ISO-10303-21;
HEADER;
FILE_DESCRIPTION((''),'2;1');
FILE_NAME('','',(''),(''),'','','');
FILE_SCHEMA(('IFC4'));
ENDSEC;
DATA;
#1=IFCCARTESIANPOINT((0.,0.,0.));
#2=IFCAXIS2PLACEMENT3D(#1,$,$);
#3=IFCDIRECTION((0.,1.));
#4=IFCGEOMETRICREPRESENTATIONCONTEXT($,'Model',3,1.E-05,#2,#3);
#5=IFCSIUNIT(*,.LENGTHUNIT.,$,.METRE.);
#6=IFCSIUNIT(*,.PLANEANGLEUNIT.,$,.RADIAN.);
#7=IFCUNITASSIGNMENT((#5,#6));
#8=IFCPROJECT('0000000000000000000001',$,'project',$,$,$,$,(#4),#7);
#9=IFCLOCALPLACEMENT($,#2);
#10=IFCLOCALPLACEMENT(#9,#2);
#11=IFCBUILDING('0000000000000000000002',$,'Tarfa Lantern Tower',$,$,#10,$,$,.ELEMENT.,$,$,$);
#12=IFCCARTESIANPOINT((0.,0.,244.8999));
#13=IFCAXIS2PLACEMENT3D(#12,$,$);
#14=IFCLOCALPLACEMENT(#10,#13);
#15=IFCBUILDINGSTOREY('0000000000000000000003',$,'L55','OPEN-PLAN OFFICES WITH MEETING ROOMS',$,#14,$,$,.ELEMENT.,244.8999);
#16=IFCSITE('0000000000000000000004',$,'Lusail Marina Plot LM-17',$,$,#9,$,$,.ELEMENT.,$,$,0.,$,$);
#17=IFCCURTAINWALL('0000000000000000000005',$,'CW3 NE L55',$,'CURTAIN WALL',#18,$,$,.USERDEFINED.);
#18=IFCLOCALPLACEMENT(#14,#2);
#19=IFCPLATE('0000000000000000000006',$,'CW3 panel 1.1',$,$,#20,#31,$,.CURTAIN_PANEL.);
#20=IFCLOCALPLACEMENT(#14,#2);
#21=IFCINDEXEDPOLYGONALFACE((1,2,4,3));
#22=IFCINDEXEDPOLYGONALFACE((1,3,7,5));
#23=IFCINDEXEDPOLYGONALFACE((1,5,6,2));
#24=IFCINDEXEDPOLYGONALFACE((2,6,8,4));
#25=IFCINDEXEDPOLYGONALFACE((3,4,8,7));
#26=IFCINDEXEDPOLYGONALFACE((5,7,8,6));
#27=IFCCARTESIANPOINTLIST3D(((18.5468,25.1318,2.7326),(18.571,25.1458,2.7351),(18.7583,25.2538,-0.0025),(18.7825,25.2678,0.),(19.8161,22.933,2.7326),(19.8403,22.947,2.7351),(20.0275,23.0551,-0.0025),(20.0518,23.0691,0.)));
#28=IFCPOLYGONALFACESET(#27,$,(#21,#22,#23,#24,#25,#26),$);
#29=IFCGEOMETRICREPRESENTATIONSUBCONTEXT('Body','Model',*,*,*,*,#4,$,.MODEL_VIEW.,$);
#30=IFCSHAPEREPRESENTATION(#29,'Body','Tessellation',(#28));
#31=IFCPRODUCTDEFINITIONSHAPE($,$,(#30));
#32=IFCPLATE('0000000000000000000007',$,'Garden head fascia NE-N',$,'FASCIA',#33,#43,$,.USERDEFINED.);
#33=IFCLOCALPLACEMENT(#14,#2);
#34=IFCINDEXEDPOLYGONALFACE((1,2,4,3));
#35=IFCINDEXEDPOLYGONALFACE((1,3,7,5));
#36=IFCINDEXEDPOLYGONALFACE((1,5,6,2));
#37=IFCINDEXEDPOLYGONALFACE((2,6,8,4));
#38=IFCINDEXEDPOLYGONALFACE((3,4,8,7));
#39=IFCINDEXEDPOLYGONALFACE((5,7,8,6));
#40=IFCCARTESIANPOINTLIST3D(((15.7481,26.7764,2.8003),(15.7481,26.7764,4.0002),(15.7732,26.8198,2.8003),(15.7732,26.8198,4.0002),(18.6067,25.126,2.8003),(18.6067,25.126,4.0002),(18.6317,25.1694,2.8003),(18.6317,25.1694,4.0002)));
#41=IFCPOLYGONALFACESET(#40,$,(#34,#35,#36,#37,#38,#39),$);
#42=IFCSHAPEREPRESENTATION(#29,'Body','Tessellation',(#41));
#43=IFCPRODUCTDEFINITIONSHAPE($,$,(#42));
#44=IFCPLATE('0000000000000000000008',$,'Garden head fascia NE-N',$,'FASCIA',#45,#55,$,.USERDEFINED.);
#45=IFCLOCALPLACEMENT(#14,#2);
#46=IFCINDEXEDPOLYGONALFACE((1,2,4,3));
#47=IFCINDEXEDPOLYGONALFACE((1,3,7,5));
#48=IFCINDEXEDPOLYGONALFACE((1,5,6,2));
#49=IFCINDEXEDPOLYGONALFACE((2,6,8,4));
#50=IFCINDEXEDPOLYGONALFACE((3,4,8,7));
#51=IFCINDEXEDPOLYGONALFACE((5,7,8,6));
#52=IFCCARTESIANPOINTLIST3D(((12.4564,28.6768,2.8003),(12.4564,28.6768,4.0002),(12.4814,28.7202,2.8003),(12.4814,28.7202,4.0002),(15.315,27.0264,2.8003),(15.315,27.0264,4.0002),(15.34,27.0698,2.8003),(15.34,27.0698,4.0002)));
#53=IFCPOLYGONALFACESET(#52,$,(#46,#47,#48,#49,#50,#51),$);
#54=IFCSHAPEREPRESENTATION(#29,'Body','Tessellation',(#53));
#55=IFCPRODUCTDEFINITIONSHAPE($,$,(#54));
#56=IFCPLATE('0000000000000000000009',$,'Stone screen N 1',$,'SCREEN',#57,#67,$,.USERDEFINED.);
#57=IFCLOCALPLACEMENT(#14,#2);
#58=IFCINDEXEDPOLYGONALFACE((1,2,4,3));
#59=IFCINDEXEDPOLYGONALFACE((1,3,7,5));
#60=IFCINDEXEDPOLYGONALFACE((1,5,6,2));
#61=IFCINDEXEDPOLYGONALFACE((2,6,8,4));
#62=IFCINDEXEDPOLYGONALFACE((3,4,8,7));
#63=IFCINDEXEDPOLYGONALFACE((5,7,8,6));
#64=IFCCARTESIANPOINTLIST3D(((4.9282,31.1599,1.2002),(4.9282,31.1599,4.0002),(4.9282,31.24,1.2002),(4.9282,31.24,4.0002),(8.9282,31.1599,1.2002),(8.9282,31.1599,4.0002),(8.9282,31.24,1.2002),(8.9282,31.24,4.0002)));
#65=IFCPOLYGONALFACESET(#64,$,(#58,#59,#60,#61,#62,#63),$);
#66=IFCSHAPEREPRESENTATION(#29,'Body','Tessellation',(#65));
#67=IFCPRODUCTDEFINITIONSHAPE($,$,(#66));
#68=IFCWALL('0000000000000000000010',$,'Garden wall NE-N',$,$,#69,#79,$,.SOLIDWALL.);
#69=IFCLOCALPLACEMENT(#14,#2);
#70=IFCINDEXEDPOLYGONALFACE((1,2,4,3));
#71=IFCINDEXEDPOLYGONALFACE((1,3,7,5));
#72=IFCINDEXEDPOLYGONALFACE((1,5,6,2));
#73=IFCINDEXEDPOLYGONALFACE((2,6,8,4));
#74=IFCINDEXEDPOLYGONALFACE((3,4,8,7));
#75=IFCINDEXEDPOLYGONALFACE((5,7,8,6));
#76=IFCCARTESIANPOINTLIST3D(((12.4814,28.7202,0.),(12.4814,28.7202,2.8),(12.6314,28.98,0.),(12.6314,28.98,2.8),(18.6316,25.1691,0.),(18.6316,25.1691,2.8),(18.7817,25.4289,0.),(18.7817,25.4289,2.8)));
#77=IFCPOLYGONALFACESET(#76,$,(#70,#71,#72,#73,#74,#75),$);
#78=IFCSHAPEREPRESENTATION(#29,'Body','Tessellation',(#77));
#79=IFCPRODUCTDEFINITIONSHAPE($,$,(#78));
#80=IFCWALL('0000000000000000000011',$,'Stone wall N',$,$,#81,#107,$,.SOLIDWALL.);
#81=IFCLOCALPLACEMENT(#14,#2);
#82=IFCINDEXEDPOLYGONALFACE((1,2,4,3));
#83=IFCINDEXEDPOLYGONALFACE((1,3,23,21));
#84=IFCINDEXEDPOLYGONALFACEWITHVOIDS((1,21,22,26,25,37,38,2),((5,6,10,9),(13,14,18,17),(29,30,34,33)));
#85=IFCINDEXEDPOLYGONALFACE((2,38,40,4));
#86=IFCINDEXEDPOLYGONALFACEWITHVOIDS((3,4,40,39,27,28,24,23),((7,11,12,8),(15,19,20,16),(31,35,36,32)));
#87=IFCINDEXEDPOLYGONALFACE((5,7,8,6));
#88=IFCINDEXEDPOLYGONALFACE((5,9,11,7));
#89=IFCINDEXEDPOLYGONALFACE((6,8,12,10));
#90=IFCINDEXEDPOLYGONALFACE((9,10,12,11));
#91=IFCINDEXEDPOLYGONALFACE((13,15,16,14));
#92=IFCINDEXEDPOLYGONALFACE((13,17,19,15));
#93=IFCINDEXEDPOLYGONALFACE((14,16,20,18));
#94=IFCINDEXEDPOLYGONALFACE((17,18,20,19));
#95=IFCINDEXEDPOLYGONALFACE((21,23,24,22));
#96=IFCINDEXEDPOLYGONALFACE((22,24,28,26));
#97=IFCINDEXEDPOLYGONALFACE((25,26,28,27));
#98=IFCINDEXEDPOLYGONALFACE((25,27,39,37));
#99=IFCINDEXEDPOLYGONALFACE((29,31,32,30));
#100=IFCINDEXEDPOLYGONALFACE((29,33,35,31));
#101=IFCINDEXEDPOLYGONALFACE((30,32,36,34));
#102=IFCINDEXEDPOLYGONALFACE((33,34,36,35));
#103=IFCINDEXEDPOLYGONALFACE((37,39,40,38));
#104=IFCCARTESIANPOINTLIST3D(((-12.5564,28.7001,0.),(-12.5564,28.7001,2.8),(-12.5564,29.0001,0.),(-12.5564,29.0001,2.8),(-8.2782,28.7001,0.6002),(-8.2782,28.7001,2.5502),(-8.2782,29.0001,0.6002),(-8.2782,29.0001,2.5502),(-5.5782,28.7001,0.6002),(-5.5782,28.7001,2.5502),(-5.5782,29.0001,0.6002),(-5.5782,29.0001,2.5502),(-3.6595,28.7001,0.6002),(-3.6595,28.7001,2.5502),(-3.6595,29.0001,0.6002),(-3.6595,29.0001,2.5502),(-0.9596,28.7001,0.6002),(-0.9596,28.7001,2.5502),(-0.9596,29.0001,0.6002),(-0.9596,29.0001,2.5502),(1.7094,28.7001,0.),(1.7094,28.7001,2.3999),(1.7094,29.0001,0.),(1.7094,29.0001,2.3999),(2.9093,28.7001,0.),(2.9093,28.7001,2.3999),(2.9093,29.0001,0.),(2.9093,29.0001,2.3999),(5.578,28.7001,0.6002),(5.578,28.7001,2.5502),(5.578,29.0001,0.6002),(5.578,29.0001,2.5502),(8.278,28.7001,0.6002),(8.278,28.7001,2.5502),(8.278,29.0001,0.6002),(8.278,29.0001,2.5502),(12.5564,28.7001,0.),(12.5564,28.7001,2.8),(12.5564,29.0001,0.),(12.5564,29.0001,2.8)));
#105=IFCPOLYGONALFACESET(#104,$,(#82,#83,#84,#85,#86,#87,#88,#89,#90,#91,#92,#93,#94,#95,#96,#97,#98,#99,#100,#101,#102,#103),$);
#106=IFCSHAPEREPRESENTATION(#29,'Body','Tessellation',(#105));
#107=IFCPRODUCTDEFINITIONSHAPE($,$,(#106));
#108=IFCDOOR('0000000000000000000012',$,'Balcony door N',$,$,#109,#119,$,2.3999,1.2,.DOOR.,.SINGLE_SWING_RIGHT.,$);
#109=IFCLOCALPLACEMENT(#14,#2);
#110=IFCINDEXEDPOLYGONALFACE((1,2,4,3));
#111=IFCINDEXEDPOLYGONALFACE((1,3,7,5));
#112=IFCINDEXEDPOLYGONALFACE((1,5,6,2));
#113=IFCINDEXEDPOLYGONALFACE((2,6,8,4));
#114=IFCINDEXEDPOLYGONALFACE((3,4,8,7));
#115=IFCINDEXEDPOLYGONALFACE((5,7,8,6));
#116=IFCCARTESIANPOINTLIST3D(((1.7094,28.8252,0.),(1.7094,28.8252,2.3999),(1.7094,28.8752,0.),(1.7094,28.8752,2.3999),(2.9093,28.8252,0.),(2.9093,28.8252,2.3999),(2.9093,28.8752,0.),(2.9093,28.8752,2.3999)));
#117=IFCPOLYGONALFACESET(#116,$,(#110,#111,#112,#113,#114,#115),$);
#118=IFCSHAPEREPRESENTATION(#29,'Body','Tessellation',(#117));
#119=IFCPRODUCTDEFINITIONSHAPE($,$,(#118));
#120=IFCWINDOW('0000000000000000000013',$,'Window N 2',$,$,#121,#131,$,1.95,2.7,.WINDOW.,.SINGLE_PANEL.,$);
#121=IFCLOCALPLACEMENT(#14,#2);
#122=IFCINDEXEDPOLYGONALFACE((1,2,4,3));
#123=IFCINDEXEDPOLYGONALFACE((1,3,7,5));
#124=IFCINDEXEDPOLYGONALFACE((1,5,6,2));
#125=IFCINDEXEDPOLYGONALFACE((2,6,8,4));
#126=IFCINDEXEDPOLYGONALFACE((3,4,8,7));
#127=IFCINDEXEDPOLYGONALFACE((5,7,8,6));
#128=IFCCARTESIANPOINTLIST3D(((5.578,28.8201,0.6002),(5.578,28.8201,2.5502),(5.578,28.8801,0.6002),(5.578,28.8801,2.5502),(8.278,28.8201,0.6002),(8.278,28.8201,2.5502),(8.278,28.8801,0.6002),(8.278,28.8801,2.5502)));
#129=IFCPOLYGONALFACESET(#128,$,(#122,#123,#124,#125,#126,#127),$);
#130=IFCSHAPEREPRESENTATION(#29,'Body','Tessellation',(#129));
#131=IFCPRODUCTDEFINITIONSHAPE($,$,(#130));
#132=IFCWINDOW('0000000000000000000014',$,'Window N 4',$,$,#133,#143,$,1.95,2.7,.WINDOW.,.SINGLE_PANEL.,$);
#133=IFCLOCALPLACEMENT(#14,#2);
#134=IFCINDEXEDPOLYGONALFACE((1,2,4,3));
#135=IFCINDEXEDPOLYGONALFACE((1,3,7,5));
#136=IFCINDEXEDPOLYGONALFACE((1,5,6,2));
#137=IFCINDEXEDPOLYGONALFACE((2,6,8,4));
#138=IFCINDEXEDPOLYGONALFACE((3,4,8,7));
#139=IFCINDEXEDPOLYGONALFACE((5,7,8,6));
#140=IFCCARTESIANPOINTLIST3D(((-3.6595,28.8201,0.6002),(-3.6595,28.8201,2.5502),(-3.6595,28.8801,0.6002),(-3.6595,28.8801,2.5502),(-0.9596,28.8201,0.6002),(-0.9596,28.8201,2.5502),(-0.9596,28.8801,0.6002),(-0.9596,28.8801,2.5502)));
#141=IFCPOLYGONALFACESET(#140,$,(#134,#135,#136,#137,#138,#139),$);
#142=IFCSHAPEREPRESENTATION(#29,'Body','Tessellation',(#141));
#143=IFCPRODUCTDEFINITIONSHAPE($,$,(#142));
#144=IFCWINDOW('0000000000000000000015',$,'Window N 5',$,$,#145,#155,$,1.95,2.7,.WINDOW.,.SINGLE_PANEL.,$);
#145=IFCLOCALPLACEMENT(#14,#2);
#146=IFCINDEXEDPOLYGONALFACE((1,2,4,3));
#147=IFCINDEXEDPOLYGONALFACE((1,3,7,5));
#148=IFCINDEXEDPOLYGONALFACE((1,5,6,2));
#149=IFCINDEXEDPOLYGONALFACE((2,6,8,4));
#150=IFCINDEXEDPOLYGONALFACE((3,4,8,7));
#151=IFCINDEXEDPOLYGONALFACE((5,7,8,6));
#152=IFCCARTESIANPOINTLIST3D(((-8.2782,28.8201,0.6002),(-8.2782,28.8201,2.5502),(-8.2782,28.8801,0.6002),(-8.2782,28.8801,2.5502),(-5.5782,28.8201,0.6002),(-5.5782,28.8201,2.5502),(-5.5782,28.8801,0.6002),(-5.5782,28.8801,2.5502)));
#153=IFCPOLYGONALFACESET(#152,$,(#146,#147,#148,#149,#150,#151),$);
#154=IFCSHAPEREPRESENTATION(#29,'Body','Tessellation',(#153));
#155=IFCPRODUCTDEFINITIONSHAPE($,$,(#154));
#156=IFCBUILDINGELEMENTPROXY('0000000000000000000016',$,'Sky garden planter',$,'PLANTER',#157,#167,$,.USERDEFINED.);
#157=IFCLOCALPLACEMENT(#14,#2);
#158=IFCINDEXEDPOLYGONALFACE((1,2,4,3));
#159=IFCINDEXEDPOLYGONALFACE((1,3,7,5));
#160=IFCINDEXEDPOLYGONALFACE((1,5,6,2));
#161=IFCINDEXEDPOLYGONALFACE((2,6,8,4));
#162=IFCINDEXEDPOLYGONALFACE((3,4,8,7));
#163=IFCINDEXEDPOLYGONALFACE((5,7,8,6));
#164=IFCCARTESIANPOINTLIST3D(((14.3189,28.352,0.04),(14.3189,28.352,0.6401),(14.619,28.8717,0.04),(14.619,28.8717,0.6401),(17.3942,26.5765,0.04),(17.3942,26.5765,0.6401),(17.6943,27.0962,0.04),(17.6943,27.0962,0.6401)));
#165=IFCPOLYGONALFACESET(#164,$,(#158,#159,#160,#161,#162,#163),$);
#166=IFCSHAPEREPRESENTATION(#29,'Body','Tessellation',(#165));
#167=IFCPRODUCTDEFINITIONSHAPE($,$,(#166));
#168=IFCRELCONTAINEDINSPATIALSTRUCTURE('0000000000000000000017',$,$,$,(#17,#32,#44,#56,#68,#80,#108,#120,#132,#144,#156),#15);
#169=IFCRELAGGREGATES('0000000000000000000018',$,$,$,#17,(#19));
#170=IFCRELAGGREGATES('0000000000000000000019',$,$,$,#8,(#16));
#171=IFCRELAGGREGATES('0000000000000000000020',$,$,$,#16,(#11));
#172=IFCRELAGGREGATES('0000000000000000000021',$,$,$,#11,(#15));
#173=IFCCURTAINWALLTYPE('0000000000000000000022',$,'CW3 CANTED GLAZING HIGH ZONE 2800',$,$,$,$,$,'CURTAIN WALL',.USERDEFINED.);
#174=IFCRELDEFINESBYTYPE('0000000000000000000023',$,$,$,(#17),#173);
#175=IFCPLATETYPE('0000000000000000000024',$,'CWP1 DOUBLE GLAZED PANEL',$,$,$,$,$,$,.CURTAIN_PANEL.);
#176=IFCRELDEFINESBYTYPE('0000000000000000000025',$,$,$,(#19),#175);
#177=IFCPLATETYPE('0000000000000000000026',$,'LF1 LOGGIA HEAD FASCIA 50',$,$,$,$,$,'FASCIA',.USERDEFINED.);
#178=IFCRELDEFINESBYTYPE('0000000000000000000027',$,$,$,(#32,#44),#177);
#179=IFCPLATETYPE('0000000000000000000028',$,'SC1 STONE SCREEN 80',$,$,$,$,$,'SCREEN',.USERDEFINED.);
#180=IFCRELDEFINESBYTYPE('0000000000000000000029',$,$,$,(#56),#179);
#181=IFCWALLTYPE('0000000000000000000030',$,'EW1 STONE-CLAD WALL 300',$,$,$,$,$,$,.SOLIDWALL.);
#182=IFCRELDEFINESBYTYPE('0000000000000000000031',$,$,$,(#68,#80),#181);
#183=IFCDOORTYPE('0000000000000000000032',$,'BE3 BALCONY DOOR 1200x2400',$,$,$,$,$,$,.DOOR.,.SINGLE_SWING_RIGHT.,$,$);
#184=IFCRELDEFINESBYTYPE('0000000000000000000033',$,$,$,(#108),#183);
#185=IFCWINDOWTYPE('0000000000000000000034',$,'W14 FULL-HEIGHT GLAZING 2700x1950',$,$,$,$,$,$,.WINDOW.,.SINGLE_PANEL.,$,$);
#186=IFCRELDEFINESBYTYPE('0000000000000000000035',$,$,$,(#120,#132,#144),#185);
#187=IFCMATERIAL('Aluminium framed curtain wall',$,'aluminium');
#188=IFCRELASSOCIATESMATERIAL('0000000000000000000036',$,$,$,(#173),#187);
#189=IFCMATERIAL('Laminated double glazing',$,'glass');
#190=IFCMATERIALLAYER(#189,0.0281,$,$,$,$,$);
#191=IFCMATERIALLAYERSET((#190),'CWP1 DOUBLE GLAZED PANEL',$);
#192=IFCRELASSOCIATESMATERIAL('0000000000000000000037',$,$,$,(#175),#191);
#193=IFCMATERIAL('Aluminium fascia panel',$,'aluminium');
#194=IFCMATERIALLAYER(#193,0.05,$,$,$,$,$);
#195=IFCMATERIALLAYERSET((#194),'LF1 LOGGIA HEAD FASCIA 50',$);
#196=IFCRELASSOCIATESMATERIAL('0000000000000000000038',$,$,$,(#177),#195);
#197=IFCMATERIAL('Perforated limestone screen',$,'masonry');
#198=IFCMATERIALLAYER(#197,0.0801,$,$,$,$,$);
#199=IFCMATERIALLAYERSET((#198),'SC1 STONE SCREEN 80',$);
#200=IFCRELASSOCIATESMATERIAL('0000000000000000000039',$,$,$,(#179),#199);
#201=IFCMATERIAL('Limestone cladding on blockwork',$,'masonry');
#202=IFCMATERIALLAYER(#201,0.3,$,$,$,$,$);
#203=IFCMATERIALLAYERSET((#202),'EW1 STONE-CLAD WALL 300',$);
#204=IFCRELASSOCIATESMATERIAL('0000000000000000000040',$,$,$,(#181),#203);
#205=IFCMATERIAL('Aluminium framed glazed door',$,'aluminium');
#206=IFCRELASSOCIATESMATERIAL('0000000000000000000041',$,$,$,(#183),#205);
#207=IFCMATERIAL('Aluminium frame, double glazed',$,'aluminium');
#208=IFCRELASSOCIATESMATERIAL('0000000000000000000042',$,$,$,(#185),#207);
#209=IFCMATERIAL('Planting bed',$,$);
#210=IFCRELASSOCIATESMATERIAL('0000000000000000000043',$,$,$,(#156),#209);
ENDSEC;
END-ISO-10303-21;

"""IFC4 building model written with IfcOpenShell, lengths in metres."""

from ifc_helpers import new_model, si_unit, direction, frame, frame_2d, origin, origin_2d, place, context, subcontext, project, spatial, polyline, rectangle, outline, extrude, material, layer, layer_set, type_object, element, fill, aggregate, save


model = new_model("IFC4")

# Units and contexts
model_context = context("Model", 3, precision=1e-05, world=origin(), true_north=direction((0.0, 1.0)))
body_context = subcontext(model_context, "Body", "Model", "MODEL_VIEW")
ifc_project = project(units=[si_unit("LENGTHUNIT", "METRE"), si_unit("PLANEANGLEUNIT", "RADIAN")], contexts=[model_context])

# Site, building, storey
site_placement = place(None, origin())
site = spatial("IfcSite", under=ifc_project, at=site_placement, Name="Lusail Marina Plot LM-17", CompositionType="ELEMENT", RefElevation=0.0)
building_placement = place(site_placement, origin())
building = spatial("IfcBuilding", under=site, at=building_placement, Name="Tarfa Lantern Tower", CompositionType="ELEMENT")
storey_placement = place(building_placement, frame((0.0, 0.0, 244.8999)))
storey = spatial("IfcBuildingStorey", under=building, at=storey_placement, Name="L55", Description="OPEN-PLAN OFFICES WITH MEETING ROOMS", CompositionType="ELEMENT", Elevation=244.8999)

# Curtain wall
ifc_material_1 = material(Name="Aluminium framed curtain wall", Category="aluminium")
curtain_wall_type = type_object("IfcCurtainWallType", Name="CW3 CANTED GLAZING HIGH ZONE 2800", ElementType="CURTAIN WALL", PredefinedType="USERDEFINED", material=ifc_material_1)
curtain_wall_placement = place(storey_placement, origin())
curtain_wall = element("IfcCurtainWall", 1, at=curtain_wall_placement, inside=storey, type_object=curtain_wall_type, Name="CW3 NE L55", ObjectType="CURTAIN WALL", PredefinedType="USERDEFINED")

# Plate
ifc_material_2 = material(Name="Laminated double glazing", Category="glass")
ifc_layer_1 = layer(ifc_material_2, 0.0281)
ifc_layer_set_1 = layer_set([ifc_layer_1], Name="CWP1 DOUBLE GLAZED PANEL")
plate_type_1 = type_object("IfcPlateType", Name="CWP1 DOUBLE GLAZED PANEL", PredefinedType="CURTAIN_PANEL", material=ifc_layer_set_1)
plate_1_placement = place(storey_placement, frame((20.0518, 23.0691, 0.0), z_axis=(0.862622, 0.497976, 0.088906), x_axis=(-0.499956, 0.866051, 0.0)))
plate_1 = element("IfcPlate", 2, at=plate_1_placement, type_object=plate_type_1, Name="CW3 panel 1.1", PredefinedType="CURTAIN_PANEL", context=body_context, shape_type="SweptSolid", body=[
    extrude(outline(polyline([(0.0, 0.0), (2.5388, 0.0), (2.5388, 2.746), (0.0, 2.746), (0.0, 0.0)])), origin(), (0.0, 0.0, -1.0), 0.0281),
])
aggregate(curtain_wall, [plate_1])

# Plates
ifc_material_3 = material(Name="Aluminium fascia panel", Category="aluminium")
ifc_layer_2 = layer(ifc_material_3, 0.05)
ifc_layer_set_2 = layer_set([ifc_layer_2], Name="LF1 LOGGIA HEAD FASCIA 50")
plate_type_2 = type_object("IfcPlateType", Name="LF1 LOGGIA HEAD FASCIA 50", ElementType="FASCIA", PredefinedType="USERDEFINED", material=ifc_layer_set_2)
for number, where, z_axis, x_axis, name in (
    (3, (17.1899, 25.9729, 2.8003), (0.0, 0.0, 1.0), (-0.866025, 0.5, 0.0), "Garden head fascia NE-N"),
    (4, (13.8982, 27.8733, 2.8003), (0.0, 0.0, 1.0), (-0.866025, 0.5, 0.0), "Garden head fascia NE-N"),
):
    element("IfcPlate", number, at=place(storey_placement, frame(where, z_axis=z_axis, x_axis=x_axis)), inside=storey, type_object=plate_type_2, Name=name, ObjectType="FASCIA", PredefinedType="USERDEFINED", context=body_context, shape_type="SweptSolid", body=[
        extrude(rectangle(XDim=3.3008, YDim=0.05, at=origin_2d()), origin(), (0.0, 0.0, 1.0), 1.2),
    ])
ifc_material_4 = material(Name="Perforated limestone screen", Category="masonry")
ifc_layer_3 = layer(ifc_material_4, 0.0801)
ifc_layer_set_3 = layer_set([ifc_layer_3], Name="SC1 STONE SCREEN 80")
plate_type_3 = type_object("IfcPlateType", Name="SC1 STONE SCREEN 80", ElementType="SCREEN", PredefinedType="USERDEFINED", material=ifc_layer_set_3)
plate_2_placement = place(storey_placement, frame((6.9282, 31.2, 1.2002), z_axis=(0.0, 0.0, 1.0), x_axis=(-1.0, 0.0, 0.0)))
element("IfcPlate", 5, at=plate_2_placement, inside=storey, type_object=plate_type_3, Name="Stone screen N 1", ObjectType="SCREEN", PredefinedType="USERDEFINED", context=body_context, shape_type="SweptSolid", body=[
    extrude(rectangle(XDim=4.0, YDim=0.0801, at=origin_2d()), origin(), (0.0, 0.0, 1.0), 2.8),
])

# Wall
ifc_material_5 = material(Name="Limestone cladding on blockwork", Category="masonry")
ifc_layer_4 = layer(ifc_material_5, 0.3)
ifc_layer_set_4 = layer_set([ifc_layer_4], Name="EW1 STONE-CLAD WALL 300")
wall_type = type_object("IfcWallType", Name="EW1 STONE-CLAD WALL 300", PredefinedType="SOLIDWALL", material=ifc_layer_set_4)
wall_1_placement = place(storey_placement, frame((18.7065, 25.2991, 0.0), z_axis=(0.0, 0.0, 1.0), x_axis=(-0.866011, 0.500025, 0.0)))
element("IfcWall", 6, at=wall_1_placement, inside=storey, type_object=wall_type, Name="Garden wall NE-N", PredefinedType="SOLIDWALL", context=body_context, shape_type="SweptSolid", body=[
    extrude(rectangle(XDim=7.1018, YDim=0.3, at=frame_2d((3.5508, 0.0))), origin(), (0.0, 0.0, 1.0), 2.8),
])

# Wall, openings, door, windows
wall_2_placement = place(storey_placement, frame((12.5564, 28.8501, 0.0), z_axis=(0.0, 0.0, 1.0), x_axis=(-1.0, 0.0, 0.0)))
wall_2 = element("IfcWall", 7, at=wall_2_placement, inside=storey, type_object=wall_type, Name="Stone wall N", PredefinedType="SOLIDWALL", context=body_context, shape_type="SweptSolid", body=[
    extrude(rectangle(XDim=25.1128, YDim=0.3, at=frame_2d((12.5564, 0.0))), origin(), (0.0, 0.0, 1.0), 2.8),
])
opening_1_placement = place(wall_2_placement, frame((4.2783, 0.0, 0.6001)))
opening_1 = element("IfcOpeningElement", 8, at=opening_1_placement, cuts=wall_2, PredefinedType="OPENING", context=body_context, shape_type="SweptSolid", body=[
    extrude(rectangle(XDim=2.7, YDim=1.95, at=frame_2d((1.3501, 0.9751))), frame((0.0, 0.1599, 0.0), z_axis=(0.0, -1.0, 0.0), x_axis=(1.0, 0.0, 0.0)), (0.0, 0.0, 1.0), 0.3201),
])
opening_2_placement = place(wall_2_placement, frame((9.647, 0.0, 0.0)))
opening_2 = element("IfcOpeningElement", 9, at=opening_2_placement, cuts=wall_2, PredefinedType="OPENING", context=body_context, shape_type="SweptSolid", body=[
    extrude(rectangle(XDim=1.2, YDim=2.3999, at=frame_2d((0.6001, 1.2))), frame((0.0, 0.1599, 0.0), z_axis=(0.0, -1.0, 0.0), x_axis=(1.0, 0.0, 0.0)), (0.0, 0.0, 1.0), 0.3201),
])
opening_3_placement = place(wall_2_placement, frame((13.5159, 0.0, 0.6001)))
opening_3 = element("IfcOpeningElement", 10, at=opening_3_placement, cuts=wall_2, PredefinedType="OPENING", context=body_context, shape_type="SweptSolid", body=[
    extrude(rectangle(XDim=2.7, YDim=1.95, at=frame_2d((1.3501, 0.9751))), frame((0.0, 0.1599, 0.0), z_axis=(0.0, -1.0, 0.0), x_axis=(1.0, 0.0, 0.0)), (0.0, 0.0, 1.0), 0.3201),
])
opening_4_placement = place(wall_2_placement, frame((18.1345, 0.0, 0.6001)))
opening_4 = element("IfcOpeningElement", 11, at=opening_4_placement, cuts=wall_2, PredefinedType="OPENING", context=body_context, shape_type="SweptSolid", body=[
    extrude(rectangle(XDim=2.7, YDim=1.95, at=frame_2d((1.3501, 0.9751))), frame((0.0, 0.1599, 0.0), z_axis=(0.0, -1.0, 0.0), x_axis=(1.0, 0.0, 0.0)), (0.0, 0.0, 1.0), 0.3201),
])
ifc_material_6 = material(Name="Aluminium framed glazed door", Category="aluminium")
door_type = type_object("IfcDoorType", Name="BE3 BALCONY DOOR 1200x2400", OperationType="SINGLE_SWING_RIGHT", PredefinedType="DOOR", material=ifc_material_6)
door_placement = place(opening_2_placement, origin())
door = element("IfcDoor", 12, at=door_placement, inside=storey, type_object=door_type, Name="Balcony door N", OperationType="SINGLE_SWING_RIGHT", OverallHeight=2.3999, OverallWidth=1.2, PredefinedType="DOOR", context=body_context, shape_type="SweptSolid", body=[
    extrude(rectangle(XDim=1.2, YDim=2.3999, at=frame_2d((0.6001, 1.2))), frame((0.0, 0.0249, 0.0), z_axis=(0.0, -1.0, 0.0), x_axis=(1.0, 0.0, 0.0)), (0.0, 0.0, 1.0), 0.05),
])
fill(opening_2, door)
ifc_material_7 = material(Name="Aluminium frame, double glazed", Category="aluminium")
window_type = type_object("IfcWindowType", Name="W14 FULL-HEIGHT GLAZING 2700x1950", PartitioningType="SINGLE_PANEL", PredefinedType="WINDOW", material=ifc_material_7)
window_1_placement = place(opening_1_placement, origin())
window_1 = element("IfcWindow", 13, at=window_1_placement, inside=storey, type_object=window_type, Name="Window N 2", OverallHeight=1.95, OverallWidth=2.7, PartitioningType="SINGLE_PANEL", PredefinedType="WINDOW", context=body_context, shape_type="SweptSolid", body=[
    extrude(rectangle(XDim=2.7, YDim=1.95, at=frame_2d((1.3501, 0.9751))), frame((0.0, 0.03, 0.0), z_axis=(0.0, -1.0, 0.0), x_axis=(1.0, 0.0, 0.0)), (0.0, 0.0, 1.0), 0.0601),
])
fill(opening_1, window_1)
window_2_placement = place(opening_3_placement, origin())
window_2 = element("IfcWindow", 14, at=window_2_placement, inside=storey, type_object=window_type, Name="Window N 4", OverallHeight=1.95, OverallWidth=2.7, PartitioningType="SINGLE_PANEL", PredefinedType="WINDOW", context=body_context, shape_type="SweptSolid", body=[
    extrude(rectangle(XDim=2.7, YDim=1.95, at=frame_2d((1.3501, 0.9751))), frame((0.0, 0.03, 0.0), z_axis=(0.0, -1.0, 0.0), x_axis=(1.0, 0.0, 0.0)), (0.0, 0.0, 1.0), 0.0601),
])
fill(opening_3, window_2)
window_3_placement = place(opening_4_placement, origin())
window_3 = element("IfcWindow", 15, at=window_3_placement, inside=storey, type_object=window_type, Name="Window N 5", OverallHeight=1.95, OverallWidth=2.7, PartitioningType="SINGLE_PANEL", PredefinedType="WINDOW", context=body_context, shape_type="SweptSolid", body=[
    extrude(rectangle(XDim=2.7, YDim=1.95, at=frame_2d((1.3501, 0.9751))), frame((0.0, 0.03, 0.0), z_axis=(0.0, -1.0, 0.0), x_axis=(1.0, 0.0, 0.0)), (0.0, 0.0, 1.0), 0.0601),
])
fill(opening_4, window_3)

# Building element proxy
ifc_material_8 = material(Name="Planting bed")
proxy_placement = place(storey_placement, frame((16.0066, 27.7241, 0.04), z_axis=(0.0, 0.0, 1.0), x_axis=(-0.866025, 0.5, 0.0)))
element("IfcBuildingElementProxy", 16, at=proxy_placement, inside=storey, material=ifc_material_8, Name="Sky garden planter", ObjectType="PLANTER", PredefinedType="USERDEFINED", context=body_context, shape_type="SweptSolid", body=[
    extrude(rectangle(XDim=3.551, YDim=0.6001, at=origin_2d()), origin(), (0.0, 0.0, 1.0), 0.6001),
])

save(model, "model.ifc")
